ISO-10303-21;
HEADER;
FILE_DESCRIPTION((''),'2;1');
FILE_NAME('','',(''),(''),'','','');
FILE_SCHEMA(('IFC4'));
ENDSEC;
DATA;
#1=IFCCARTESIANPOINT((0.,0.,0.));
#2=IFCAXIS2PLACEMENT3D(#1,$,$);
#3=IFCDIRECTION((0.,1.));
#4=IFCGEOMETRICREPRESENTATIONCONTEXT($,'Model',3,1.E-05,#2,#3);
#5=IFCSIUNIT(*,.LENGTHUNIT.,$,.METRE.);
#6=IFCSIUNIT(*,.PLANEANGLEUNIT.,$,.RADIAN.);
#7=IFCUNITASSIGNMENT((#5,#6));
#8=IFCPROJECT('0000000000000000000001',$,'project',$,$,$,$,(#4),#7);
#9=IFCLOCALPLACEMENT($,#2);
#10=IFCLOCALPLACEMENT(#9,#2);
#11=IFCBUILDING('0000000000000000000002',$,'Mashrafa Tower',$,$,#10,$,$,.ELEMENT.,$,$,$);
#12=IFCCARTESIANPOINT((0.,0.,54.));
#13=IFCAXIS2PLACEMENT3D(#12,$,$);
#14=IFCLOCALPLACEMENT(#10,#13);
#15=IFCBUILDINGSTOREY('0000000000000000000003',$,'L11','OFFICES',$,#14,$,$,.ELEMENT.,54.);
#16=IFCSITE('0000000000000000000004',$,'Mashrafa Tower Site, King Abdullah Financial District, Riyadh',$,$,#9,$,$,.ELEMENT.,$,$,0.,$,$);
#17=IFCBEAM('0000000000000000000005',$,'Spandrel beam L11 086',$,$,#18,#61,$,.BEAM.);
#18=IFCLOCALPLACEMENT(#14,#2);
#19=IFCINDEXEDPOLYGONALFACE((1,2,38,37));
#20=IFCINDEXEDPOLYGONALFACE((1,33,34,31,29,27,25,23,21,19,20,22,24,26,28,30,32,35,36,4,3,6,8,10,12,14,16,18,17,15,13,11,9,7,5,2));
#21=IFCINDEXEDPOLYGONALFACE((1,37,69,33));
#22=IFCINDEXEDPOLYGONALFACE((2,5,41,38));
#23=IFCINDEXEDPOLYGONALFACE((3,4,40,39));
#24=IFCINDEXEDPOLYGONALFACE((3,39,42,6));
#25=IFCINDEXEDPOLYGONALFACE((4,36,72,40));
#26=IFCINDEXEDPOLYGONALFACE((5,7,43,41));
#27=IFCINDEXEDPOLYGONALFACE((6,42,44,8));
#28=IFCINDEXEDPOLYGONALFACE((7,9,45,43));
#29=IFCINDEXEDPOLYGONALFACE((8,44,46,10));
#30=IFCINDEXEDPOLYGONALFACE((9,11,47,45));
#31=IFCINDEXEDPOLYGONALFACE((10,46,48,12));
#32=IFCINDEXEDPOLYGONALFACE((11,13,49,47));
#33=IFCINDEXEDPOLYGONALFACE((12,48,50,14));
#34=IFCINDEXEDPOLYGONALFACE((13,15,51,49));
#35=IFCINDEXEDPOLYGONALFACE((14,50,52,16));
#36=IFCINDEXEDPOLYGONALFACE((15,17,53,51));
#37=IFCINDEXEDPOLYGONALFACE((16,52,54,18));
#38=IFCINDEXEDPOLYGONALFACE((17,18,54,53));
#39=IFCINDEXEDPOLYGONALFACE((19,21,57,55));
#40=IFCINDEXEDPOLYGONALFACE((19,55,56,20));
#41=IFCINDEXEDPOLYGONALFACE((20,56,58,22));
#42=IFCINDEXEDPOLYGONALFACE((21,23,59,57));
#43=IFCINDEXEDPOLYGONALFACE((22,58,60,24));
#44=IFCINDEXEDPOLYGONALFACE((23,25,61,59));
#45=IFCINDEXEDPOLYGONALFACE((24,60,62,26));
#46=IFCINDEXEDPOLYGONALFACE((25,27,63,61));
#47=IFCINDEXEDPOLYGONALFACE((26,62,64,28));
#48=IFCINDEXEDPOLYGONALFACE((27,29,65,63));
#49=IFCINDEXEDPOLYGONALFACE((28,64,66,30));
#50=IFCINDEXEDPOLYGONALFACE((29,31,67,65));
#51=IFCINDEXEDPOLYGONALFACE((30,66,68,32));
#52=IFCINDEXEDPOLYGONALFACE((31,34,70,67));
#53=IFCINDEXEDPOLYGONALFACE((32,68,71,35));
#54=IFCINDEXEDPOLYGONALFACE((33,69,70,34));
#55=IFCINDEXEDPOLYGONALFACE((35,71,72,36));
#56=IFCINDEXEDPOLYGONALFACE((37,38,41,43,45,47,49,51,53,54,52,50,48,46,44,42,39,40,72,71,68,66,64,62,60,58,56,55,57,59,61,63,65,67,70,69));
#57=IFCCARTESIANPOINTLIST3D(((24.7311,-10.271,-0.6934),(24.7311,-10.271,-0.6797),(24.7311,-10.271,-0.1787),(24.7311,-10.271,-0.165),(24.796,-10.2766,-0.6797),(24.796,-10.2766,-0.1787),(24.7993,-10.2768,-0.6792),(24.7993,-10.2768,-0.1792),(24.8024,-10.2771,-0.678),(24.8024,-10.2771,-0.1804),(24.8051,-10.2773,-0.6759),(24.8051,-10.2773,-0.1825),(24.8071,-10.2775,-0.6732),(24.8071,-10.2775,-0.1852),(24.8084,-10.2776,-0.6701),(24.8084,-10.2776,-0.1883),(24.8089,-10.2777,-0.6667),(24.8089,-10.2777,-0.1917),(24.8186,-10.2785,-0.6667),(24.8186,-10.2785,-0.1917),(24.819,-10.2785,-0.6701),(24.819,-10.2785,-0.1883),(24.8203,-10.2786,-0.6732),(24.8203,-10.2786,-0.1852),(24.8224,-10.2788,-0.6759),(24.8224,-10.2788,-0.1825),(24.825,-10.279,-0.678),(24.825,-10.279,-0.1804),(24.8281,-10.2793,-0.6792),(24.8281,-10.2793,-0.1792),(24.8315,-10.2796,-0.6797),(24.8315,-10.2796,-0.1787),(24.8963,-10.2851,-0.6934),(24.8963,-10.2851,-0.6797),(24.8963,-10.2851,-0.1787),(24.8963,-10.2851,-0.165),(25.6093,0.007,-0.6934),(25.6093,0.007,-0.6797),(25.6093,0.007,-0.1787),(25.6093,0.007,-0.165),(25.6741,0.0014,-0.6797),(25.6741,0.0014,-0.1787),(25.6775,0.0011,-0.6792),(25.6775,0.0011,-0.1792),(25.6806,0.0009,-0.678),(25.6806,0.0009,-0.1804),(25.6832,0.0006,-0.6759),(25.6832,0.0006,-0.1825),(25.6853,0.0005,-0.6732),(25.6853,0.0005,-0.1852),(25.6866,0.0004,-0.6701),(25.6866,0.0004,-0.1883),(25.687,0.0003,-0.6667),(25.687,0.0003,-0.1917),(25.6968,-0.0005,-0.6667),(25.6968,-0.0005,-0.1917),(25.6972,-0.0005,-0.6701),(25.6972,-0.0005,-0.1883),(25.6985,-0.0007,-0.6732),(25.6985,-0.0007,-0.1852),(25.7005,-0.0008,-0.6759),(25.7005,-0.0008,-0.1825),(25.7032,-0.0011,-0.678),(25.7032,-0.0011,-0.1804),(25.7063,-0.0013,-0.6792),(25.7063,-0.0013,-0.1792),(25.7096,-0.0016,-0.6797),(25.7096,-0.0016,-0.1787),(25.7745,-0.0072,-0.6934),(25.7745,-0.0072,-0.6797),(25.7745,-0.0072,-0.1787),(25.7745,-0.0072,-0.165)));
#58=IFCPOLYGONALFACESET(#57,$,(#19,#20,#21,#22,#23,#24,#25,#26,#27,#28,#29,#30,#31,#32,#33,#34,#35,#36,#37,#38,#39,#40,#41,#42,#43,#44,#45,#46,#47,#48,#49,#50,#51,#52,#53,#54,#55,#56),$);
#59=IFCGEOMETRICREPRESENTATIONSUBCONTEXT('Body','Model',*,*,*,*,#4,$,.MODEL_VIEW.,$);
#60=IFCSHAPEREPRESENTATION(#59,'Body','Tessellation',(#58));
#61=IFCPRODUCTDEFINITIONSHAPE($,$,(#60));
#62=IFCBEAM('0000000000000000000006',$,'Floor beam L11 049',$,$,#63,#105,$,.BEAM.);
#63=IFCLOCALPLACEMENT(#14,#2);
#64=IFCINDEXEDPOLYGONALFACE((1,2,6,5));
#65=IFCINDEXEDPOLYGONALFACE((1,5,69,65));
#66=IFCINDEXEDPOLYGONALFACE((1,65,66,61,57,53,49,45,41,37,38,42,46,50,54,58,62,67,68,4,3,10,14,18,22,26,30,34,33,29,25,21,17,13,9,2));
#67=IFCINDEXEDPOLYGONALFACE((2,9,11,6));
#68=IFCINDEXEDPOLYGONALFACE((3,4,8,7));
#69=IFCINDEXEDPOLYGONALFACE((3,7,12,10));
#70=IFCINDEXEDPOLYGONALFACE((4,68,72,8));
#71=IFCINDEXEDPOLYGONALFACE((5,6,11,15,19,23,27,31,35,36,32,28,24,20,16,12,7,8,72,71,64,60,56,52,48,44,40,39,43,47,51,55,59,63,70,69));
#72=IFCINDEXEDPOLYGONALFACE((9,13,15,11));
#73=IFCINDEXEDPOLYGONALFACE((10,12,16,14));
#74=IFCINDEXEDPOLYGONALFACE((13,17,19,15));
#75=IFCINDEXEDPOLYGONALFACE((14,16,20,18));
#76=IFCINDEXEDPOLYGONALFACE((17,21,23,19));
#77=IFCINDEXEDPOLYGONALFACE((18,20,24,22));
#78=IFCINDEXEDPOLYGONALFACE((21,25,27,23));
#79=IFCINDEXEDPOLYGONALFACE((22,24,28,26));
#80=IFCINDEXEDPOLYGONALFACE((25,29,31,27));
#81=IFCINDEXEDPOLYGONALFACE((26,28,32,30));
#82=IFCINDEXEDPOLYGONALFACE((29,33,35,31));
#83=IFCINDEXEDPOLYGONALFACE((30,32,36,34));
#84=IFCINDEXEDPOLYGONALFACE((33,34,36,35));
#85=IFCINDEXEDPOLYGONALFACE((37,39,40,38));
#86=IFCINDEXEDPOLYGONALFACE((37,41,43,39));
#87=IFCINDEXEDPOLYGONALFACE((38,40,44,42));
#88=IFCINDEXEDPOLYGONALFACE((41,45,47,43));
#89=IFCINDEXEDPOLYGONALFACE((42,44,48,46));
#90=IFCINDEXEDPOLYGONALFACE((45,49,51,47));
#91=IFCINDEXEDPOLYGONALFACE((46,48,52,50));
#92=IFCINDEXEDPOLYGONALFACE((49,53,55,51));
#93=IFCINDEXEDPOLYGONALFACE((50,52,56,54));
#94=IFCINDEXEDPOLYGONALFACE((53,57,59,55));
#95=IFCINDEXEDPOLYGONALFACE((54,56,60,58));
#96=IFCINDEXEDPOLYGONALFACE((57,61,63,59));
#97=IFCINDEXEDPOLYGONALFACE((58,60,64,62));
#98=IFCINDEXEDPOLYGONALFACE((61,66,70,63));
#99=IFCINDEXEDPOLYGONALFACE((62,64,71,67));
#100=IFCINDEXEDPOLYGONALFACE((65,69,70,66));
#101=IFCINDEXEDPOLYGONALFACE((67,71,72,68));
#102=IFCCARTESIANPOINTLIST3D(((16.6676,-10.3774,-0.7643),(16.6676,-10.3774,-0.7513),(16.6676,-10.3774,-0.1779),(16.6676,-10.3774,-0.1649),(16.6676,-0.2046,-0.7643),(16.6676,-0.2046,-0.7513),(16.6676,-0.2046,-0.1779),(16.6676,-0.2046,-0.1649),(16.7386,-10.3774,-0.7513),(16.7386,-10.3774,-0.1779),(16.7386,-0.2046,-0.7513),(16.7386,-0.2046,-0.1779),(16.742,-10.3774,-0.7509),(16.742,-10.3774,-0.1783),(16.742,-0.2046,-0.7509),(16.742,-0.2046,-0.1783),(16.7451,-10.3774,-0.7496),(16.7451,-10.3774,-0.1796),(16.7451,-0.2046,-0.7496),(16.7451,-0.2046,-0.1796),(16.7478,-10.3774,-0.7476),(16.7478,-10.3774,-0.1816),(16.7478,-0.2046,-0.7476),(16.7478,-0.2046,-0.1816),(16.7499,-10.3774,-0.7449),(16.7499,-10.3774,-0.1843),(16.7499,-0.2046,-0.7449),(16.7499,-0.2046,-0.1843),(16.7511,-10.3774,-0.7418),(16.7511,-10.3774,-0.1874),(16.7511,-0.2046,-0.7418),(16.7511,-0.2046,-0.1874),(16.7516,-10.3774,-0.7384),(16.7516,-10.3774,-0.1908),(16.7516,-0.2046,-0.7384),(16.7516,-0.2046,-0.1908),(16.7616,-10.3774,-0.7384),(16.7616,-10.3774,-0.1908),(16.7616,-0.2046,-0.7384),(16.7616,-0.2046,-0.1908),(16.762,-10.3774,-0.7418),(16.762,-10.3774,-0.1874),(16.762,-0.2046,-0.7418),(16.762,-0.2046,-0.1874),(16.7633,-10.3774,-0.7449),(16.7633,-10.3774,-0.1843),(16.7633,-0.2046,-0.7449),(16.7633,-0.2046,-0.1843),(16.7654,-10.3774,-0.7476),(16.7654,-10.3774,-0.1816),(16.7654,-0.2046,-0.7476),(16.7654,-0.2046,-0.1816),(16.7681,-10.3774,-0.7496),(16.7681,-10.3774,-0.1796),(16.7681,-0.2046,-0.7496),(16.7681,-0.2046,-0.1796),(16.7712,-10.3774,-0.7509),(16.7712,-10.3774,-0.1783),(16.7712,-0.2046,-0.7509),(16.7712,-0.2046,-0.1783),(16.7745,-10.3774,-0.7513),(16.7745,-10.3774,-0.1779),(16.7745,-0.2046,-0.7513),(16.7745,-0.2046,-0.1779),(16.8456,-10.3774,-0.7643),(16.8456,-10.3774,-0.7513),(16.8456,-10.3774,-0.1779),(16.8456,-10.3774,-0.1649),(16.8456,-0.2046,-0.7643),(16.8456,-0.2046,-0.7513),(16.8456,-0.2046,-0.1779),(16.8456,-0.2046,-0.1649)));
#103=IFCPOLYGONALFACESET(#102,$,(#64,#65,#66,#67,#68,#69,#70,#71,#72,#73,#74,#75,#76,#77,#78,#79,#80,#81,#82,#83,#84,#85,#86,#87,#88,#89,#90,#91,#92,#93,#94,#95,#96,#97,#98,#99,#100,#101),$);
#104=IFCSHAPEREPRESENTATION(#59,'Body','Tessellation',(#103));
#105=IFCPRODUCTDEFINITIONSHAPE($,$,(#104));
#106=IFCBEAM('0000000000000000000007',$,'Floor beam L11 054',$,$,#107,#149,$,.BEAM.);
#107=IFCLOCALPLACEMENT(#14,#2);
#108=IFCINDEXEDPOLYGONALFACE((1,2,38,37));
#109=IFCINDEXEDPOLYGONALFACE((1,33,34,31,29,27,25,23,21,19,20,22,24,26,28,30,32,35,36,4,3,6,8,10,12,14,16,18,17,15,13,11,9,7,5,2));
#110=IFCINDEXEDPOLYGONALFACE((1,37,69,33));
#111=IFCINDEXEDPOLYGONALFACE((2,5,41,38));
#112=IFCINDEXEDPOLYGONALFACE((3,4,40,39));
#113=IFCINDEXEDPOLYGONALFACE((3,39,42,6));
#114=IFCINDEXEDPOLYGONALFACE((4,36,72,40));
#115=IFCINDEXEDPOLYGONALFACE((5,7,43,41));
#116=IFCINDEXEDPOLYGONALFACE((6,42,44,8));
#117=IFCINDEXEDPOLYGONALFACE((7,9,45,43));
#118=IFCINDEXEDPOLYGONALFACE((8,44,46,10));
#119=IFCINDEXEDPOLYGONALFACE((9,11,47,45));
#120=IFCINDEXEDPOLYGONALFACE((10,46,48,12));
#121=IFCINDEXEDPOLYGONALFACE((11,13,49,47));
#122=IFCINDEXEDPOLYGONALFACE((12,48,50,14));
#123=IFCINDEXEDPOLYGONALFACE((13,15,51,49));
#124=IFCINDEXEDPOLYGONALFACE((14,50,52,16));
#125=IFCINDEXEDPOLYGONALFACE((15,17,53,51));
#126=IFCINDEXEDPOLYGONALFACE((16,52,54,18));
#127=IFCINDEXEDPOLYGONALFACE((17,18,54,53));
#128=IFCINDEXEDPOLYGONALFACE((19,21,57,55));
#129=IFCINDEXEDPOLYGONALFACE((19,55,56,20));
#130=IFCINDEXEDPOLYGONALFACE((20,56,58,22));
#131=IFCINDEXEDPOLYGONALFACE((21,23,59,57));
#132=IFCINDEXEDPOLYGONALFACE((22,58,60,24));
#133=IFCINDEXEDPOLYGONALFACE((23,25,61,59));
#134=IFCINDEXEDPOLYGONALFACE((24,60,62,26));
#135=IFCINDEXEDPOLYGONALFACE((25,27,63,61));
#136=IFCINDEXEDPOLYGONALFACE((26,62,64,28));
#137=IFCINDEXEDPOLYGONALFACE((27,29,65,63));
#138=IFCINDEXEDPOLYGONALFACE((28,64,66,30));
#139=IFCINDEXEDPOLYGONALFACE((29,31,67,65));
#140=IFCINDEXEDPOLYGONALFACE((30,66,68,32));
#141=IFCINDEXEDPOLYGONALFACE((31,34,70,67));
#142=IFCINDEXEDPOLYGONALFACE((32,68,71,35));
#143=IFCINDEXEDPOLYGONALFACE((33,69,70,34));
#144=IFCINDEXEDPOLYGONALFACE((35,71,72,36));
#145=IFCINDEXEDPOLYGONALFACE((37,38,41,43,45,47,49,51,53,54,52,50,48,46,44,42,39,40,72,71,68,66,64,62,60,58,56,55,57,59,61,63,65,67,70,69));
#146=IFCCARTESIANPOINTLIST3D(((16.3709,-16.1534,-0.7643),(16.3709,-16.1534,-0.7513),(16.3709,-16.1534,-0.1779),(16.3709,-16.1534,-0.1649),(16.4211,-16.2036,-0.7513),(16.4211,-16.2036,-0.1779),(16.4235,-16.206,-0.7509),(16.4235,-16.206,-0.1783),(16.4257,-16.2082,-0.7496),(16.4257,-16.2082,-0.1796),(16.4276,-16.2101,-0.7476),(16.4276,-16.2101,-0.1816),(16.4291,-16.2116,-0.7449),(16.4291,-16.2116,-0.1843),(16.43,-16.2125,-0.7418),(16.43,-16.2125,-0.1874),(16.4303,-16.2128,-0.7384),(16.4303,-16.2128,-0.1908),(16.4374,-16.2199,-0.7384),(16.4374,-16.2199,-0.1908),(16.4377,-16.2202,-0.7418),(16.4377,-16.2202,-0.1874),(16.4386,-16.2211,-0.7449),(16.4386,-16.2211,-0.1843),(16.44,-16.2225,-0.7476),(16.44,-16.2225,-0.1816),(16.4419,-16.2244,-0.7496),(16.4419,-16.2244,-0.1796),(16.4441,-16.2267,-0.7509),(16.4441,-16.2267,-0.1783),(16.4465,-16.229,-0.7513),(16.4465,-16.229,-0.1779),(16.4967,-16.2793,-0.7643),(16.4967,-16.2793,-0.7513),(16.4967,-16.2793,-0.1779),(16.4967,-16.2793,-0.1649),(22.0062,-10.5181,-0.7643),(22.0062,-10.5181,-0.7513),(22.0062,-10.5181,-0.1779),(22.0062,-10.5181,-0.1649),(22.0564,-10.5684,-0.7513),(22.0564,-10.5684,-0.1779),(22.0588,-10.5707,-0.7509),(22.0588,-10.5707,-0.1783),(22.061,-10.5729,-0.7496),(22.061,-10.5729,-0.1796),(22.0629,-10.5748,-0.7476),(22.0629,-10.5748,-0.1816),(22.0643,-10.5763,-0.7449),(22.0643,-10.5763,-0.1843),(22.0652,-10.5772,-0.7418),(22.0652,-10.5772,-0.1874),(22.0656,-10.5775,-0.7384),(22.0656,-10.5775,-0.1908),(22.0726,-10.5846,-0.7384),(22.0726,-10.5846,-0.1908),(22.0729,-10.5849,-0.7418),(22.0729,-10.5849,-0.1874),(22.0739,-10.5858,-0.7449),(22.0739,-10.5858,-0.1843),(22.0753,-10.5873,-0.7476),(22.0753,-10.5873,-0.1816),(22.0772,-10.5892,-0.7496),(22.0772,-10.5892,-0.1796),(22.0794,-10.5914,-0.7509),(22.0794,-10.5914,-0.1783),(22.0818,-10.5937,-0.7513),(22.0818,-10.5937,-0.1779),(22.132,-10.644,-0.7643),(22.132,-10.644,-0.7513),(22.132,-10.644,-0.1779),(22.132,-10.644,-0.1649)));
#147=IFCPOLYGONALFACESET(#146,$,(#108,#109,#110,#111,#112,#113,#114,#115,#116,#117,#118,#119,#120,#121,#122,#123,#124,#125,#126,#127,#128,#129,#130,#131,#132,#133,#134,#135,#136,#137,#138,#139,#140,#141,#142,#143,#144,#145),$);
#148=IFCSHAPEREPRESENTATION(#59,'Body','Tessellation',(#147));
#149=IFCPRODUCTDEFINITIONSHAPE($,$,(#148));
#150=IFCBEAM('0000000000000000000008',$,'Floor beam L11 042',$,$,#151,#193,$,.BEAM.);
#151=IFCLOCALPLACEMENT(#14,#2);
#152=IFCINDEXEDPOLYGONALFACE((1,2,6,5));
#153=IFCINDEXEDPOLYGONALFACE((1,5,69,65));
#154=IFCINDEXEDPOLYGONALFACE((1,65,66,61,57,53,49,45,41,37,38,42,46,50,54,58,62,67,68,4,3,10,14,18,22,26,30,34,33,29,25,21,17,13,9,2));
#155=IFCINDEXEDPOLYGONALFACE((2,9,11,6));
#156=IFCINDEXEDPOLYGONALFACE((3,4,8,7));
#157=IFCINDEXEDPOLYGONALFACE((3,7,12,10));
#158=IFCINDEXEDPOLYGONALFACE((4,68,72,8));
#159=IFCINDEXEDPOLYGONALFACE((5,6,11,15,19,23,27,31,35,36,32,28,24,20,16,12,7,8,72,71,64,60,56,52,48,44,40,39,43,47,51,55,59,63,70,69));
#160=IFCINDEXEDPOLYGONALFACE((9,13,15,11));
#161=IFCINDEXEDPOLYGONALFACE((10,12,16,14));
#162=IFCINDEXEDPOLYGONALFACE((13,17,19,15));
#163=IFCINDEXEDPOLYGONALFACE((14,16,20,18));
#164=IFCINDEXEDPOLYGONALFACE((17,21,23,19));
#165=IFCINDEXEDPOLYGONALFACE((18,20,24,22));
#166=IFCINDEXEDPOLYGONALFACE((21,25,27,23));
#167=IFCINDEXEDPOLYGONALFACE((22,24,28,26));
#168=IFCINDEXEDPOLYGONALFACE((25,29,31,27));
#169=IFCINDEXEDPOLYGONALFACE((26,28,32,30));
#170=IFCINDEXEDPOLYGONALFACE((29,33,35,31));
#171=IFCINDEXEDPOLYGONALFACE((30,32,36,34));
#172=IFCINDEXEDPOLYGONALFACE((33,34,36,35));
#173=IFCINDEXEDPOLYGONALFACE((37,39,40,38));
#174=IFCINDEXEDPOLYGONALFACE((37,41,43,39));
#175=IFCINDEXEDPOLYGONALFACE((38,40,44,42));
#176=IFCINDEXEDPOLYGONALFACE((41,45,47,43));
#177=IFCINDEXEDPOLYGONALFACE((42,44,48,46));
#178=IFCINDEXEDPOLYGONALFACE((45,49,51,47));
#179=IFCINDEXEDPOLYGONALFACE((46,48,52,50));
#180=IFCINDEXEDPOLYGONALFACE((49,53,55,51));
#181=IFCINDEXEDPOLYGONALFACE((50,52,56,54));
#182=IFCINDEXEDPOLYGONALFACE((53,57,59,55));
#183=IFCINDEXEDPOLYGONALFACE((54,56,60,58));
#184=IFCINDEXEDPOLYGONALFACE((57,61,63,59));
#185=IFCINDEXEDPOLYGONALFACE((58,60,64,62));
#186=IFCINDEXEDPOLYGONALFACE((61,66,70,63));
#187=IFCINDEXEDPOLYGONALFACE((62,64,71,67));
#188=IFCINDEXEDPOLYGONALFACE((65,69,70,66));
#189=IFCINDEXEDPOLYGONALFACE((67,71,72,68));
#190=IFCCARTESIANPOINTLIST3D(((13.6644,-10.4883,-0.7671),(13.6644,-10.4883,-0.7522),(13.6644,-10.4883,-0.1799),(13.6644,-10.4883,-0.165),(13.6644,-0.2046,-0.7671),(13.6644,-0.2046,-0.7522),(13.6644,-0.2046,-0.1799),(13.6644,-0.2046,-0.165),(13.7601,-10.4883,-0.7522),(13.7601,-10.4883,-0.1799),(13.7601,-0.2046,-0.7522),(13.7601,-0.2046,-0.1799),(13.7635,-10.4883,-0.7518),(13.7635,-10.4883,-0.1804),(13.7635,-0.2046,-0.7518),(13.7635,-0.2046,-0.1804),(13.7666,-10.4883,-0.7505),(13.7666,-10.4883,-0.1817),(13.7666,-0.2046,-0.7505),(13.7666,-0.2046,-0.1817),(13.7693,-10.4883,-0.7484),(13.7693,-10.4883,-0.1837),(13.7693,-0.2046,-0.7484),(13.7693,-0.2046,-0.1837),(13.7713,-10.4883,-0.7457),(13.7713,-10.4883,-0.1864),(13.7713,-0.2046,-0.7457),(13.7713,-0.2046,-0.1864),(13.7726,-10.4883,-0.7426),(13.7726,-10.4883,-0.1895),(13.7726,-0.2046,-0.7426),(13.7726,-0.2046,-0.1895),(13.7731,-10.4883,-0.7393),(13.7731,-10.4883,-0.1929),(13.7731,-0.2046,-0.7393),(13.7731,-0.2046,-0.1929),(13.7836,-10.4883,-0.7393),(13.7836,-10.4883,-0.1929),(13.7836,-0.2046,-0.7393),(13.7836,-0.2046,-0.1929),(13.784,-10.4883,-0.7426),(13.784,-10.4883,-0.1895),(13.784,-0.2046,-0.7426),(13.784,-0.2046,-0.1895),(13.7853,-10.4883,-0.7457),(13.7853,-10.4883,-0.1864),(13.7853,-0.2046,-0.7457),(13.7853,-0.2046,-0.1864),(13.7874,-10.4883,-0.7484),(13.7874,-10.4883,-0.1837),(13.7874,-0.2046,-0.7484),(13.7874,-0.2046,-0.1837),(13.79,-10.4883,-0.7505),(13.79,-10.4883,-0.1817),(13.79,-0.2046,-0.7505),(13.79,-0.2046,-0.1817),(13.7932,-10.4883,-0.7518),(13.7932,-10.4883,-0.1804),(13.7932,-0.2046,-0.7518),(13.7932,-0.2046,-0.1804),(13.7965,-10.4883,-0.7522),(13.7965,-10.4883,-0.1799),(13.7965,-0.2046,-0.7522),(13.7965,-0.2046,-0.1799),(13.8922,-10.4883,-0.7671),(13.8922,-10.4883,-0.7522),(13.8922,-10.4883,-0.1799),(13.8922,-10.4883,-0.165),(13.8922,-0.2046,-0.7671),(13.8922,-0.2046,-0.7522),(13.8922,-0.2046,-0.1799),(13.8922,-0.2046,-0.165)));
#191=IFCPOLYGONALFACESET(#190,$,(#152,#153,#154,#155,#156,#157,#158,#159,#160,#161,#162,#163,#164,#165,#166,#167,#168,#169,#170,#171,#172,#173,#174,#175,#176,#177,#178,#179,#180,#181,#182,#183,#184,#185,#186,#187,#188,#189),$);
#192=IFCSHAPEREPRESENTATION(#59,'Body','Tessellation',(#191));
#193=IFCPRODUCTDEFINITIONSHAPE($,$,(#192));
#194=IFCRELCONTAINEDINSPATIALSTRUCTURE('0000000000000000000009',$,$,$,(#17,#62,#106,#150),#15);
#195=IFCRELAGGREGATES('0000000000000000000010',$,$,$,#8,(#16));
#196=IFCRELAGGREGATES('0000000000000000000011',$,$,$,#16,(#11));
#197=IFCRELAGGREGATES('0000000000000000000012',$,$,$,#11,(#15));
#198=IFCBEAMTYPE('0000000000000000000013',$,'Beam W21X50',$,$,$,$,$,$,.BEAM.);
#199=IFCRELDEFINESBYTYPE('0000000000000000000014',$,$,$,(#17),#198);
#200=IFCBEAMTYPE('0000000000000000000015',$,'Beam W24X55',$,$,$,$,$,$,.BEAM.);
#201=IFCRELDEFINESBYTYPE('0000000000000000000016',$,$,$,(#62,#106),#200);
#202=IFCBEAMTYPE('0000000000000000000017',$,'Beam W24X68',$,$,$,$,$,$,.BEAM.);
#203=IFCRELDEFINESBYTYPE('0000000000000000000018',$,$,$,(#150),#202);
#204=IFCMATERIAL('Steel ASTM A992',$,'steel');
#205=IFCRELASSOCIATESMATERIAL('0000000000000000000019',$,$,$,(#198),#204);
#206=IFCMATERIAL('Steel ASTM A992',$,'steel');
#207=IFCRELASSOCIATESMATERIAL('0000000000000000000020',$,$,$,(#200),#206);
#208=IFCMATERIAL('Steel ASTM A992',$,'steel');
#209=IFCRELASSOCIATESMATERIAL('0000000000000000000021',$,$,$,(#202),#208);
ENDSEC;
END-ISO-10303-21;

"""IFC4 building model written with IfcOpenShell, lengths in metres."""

from ifc_helpers import new_model, si_unit, direction, frame, origin, origin_2d, place, context, subcontext, project, spatial, i_section, extrude, material, material_profile, profile_set, type_object, element, save


model = new_model("IFC4")

# Units and contexts
model_context = context("Model", 3, precision=1e-05, world=origin(), true_north=direction((0.0, 1.0)))
body_context = subcontext(model_context, "Body", "Model", "MODEL_VIEW")
ifc_project = project(units=[si_unit("LENGTHUNIT", "METRE"), si_unit("PLANEANGLEUNIT", "RADIAN")], contexts=[model_context])

# Site, building, storey
site_placement = place(None, origin())
site = spatial("IfcSite", under=ifc_project, at=site_placement, Name="Mashrafa Tower Site, King Abdullah Financial District, Riyadh", CompositionType="ELEMENT", RefElevation=0.0)
building_placement = place(site_placement, origin())
building = spatial("IfcBuilding", under=site, at=building_placement, Name="Mashrafa Tower", CompositionType="ELEMENT")
storey_placement = place(building_placement, frame((0.0, 0.0, 54.0)))
storey = spatial("IfcBuildingStorey", under=building, at=storey_placement, Name="L11", Description="OFFICES", CompositionType="ELEMENT", Elevation=54.0)

# Beams
ifc_material_1 = material(Name="Steel ASTM A992", Category="steel")
ifc_material_profile_1 = material_profile(ifc_material_1, i_section(OverallWidth=0.1658, OverallDepth=0.5283, WebThickness=0.0098, FlangeThickness=0.0137, FilletRadius=0.0129, at=origin_2d()), Name="W21X50")
ifc_profile_set_1 = profile_set([ifc_material_profile_1], Name="Steel ASTM A992")
beam_type_1 = type_object("IfcBeamType", Name="Beam W21X50", PredefinedType="BEAM", material=ifc_profile_set_1)
beam_1_placement = place(storey_placement, frame((24.8137, -10.2781, -0.4292), z_axis=(0.085131, 0.99637, 0.0), x_axis=(-0.99637, 0.085131, 0.0)))
element("IfcBeam", 1, at=beam_1_placement, inside=storey, type_object=beam_type_1, Name="Spandrel beam L11 086", PredefinedType="BEAM", context=body_context, shape_type="SweptSolid", body=[
    extrude(i_section(OverallWidth=0.1658, OverallDepth=0.5283, WebThickness=0.0098, FlangeThickness=0.0137, FilletRadius=0.0129, at=origin_2d()), origin(), (0.0, 0.0, 1.0), 10.3154),
])
ifc_material_2 = material(Name="Steel ASTM A992", Category="steel")
ifc_material_profile_2 = material_profile(ifc_material_2, i_section(OverallWidth=0.178, OverallDepth=0.5994, WebThickness=0.01, FlangeThickness=0.0129, FilletRadius=0.0129, at=origin_2d()), Name="W24X55")
ifc_profile_set_2 = profile_set([ifc_material_profile_2], Name="Steel ASTM A992")
beam_type_2 = type_object("IfcBeamType", Name="Beam W24X55", PredefinedType="BEAM", material=ifc_profile_set_2)
beam_2_placement = place(storey_placement, frame((16.7566, -0.2046, -0.4646), z_axis=(0.0, -1.0, 0.0), x_axis=(1.0, 0.0, 0.0)))
element("IfcBeam", 2, at=beam_2_placement, inside=storey, type_object=beam_type_2, Name="Floor beam L11 049", PredefinedType="BEAM", context=body_context, shape_type="SweptSolid", body=[
    extrude(i_section(OverallWidth=0.178, OverallDepth=0.5994, WebThickness=0.01, FlangeThickness=0.0129, FilletRadius=0.0129, at=origin_2d()), origin(), (0.0, 0.0, 1.0), 10.1729),
])
beam_3_placement = place(storey_placement, frame((22.0691, -10.5811, -0.4646), z_axis=(-0.707107, -0.707107, 0.0), x_axis=(0.707107, -0.707107, 0.0)))
element("IfcBeam", 3, at=beam_3_placement, inside=storey, type_object=beam_type_2, Name="Floor beam L11 054", PredefinedType="BEAM", context=body_context, shape_type="SweptSolid", body=[
    extrude(i_section(OverallWidth=0.178, OverallDepth=0.5994, WebThickness=0.01, FlangeThickness=0.0129, FilletRadius=0.0129, at=origin_2d()), origin(), (0.0, 0.0, 1.0), 7.9695),
])
ifc_material_3 = material(Name="Steel ASTM A992", Category="steel")
ifc_material_profile_3 = material_profile(ifc_material_3, i_section(OverallWidth=0.2278, OverallDepth=0.6021, WebThickness=0.0105, FlangeThickness=0.0149, FilletRadius=0.0129, at=origin_2d()), Name="W24X68")
ifc_profile_set_3 = profile_set([ifc_material_profile_3], Name="Steel ASTM A992")
beam_type_3 = type_object("IfcBeamType", Name="Beam W24X68", PredefinedType="BEAM", material=ifc_profile_set_3)
beam_4_placement = place(storey_placement, frame((13.7783, -0.2046, -0.4661), z_axis=(0.0, -1.0, 0.0), x_axis=(1.0, 0.0, 0.0)))
element("IfcBeam", 4, at=beam_4_placement, inside=storey, type_object=beam_type_3, Name="Floor beam L11 042", PredefinedType="BEAM", context=body_context, shape_type="SweptSolid", body=[
    extrude(i_section(OverallWidth=0.2278, OverallDepth=0.6021, WebThickness=0.0105, FlangeThickness=0.0149, FilletRadius=0.0129, at=origin_2d()), origin(), (0.0, 0.0, 1.0), 10.2837),
])

save(model, "model.ifc")
